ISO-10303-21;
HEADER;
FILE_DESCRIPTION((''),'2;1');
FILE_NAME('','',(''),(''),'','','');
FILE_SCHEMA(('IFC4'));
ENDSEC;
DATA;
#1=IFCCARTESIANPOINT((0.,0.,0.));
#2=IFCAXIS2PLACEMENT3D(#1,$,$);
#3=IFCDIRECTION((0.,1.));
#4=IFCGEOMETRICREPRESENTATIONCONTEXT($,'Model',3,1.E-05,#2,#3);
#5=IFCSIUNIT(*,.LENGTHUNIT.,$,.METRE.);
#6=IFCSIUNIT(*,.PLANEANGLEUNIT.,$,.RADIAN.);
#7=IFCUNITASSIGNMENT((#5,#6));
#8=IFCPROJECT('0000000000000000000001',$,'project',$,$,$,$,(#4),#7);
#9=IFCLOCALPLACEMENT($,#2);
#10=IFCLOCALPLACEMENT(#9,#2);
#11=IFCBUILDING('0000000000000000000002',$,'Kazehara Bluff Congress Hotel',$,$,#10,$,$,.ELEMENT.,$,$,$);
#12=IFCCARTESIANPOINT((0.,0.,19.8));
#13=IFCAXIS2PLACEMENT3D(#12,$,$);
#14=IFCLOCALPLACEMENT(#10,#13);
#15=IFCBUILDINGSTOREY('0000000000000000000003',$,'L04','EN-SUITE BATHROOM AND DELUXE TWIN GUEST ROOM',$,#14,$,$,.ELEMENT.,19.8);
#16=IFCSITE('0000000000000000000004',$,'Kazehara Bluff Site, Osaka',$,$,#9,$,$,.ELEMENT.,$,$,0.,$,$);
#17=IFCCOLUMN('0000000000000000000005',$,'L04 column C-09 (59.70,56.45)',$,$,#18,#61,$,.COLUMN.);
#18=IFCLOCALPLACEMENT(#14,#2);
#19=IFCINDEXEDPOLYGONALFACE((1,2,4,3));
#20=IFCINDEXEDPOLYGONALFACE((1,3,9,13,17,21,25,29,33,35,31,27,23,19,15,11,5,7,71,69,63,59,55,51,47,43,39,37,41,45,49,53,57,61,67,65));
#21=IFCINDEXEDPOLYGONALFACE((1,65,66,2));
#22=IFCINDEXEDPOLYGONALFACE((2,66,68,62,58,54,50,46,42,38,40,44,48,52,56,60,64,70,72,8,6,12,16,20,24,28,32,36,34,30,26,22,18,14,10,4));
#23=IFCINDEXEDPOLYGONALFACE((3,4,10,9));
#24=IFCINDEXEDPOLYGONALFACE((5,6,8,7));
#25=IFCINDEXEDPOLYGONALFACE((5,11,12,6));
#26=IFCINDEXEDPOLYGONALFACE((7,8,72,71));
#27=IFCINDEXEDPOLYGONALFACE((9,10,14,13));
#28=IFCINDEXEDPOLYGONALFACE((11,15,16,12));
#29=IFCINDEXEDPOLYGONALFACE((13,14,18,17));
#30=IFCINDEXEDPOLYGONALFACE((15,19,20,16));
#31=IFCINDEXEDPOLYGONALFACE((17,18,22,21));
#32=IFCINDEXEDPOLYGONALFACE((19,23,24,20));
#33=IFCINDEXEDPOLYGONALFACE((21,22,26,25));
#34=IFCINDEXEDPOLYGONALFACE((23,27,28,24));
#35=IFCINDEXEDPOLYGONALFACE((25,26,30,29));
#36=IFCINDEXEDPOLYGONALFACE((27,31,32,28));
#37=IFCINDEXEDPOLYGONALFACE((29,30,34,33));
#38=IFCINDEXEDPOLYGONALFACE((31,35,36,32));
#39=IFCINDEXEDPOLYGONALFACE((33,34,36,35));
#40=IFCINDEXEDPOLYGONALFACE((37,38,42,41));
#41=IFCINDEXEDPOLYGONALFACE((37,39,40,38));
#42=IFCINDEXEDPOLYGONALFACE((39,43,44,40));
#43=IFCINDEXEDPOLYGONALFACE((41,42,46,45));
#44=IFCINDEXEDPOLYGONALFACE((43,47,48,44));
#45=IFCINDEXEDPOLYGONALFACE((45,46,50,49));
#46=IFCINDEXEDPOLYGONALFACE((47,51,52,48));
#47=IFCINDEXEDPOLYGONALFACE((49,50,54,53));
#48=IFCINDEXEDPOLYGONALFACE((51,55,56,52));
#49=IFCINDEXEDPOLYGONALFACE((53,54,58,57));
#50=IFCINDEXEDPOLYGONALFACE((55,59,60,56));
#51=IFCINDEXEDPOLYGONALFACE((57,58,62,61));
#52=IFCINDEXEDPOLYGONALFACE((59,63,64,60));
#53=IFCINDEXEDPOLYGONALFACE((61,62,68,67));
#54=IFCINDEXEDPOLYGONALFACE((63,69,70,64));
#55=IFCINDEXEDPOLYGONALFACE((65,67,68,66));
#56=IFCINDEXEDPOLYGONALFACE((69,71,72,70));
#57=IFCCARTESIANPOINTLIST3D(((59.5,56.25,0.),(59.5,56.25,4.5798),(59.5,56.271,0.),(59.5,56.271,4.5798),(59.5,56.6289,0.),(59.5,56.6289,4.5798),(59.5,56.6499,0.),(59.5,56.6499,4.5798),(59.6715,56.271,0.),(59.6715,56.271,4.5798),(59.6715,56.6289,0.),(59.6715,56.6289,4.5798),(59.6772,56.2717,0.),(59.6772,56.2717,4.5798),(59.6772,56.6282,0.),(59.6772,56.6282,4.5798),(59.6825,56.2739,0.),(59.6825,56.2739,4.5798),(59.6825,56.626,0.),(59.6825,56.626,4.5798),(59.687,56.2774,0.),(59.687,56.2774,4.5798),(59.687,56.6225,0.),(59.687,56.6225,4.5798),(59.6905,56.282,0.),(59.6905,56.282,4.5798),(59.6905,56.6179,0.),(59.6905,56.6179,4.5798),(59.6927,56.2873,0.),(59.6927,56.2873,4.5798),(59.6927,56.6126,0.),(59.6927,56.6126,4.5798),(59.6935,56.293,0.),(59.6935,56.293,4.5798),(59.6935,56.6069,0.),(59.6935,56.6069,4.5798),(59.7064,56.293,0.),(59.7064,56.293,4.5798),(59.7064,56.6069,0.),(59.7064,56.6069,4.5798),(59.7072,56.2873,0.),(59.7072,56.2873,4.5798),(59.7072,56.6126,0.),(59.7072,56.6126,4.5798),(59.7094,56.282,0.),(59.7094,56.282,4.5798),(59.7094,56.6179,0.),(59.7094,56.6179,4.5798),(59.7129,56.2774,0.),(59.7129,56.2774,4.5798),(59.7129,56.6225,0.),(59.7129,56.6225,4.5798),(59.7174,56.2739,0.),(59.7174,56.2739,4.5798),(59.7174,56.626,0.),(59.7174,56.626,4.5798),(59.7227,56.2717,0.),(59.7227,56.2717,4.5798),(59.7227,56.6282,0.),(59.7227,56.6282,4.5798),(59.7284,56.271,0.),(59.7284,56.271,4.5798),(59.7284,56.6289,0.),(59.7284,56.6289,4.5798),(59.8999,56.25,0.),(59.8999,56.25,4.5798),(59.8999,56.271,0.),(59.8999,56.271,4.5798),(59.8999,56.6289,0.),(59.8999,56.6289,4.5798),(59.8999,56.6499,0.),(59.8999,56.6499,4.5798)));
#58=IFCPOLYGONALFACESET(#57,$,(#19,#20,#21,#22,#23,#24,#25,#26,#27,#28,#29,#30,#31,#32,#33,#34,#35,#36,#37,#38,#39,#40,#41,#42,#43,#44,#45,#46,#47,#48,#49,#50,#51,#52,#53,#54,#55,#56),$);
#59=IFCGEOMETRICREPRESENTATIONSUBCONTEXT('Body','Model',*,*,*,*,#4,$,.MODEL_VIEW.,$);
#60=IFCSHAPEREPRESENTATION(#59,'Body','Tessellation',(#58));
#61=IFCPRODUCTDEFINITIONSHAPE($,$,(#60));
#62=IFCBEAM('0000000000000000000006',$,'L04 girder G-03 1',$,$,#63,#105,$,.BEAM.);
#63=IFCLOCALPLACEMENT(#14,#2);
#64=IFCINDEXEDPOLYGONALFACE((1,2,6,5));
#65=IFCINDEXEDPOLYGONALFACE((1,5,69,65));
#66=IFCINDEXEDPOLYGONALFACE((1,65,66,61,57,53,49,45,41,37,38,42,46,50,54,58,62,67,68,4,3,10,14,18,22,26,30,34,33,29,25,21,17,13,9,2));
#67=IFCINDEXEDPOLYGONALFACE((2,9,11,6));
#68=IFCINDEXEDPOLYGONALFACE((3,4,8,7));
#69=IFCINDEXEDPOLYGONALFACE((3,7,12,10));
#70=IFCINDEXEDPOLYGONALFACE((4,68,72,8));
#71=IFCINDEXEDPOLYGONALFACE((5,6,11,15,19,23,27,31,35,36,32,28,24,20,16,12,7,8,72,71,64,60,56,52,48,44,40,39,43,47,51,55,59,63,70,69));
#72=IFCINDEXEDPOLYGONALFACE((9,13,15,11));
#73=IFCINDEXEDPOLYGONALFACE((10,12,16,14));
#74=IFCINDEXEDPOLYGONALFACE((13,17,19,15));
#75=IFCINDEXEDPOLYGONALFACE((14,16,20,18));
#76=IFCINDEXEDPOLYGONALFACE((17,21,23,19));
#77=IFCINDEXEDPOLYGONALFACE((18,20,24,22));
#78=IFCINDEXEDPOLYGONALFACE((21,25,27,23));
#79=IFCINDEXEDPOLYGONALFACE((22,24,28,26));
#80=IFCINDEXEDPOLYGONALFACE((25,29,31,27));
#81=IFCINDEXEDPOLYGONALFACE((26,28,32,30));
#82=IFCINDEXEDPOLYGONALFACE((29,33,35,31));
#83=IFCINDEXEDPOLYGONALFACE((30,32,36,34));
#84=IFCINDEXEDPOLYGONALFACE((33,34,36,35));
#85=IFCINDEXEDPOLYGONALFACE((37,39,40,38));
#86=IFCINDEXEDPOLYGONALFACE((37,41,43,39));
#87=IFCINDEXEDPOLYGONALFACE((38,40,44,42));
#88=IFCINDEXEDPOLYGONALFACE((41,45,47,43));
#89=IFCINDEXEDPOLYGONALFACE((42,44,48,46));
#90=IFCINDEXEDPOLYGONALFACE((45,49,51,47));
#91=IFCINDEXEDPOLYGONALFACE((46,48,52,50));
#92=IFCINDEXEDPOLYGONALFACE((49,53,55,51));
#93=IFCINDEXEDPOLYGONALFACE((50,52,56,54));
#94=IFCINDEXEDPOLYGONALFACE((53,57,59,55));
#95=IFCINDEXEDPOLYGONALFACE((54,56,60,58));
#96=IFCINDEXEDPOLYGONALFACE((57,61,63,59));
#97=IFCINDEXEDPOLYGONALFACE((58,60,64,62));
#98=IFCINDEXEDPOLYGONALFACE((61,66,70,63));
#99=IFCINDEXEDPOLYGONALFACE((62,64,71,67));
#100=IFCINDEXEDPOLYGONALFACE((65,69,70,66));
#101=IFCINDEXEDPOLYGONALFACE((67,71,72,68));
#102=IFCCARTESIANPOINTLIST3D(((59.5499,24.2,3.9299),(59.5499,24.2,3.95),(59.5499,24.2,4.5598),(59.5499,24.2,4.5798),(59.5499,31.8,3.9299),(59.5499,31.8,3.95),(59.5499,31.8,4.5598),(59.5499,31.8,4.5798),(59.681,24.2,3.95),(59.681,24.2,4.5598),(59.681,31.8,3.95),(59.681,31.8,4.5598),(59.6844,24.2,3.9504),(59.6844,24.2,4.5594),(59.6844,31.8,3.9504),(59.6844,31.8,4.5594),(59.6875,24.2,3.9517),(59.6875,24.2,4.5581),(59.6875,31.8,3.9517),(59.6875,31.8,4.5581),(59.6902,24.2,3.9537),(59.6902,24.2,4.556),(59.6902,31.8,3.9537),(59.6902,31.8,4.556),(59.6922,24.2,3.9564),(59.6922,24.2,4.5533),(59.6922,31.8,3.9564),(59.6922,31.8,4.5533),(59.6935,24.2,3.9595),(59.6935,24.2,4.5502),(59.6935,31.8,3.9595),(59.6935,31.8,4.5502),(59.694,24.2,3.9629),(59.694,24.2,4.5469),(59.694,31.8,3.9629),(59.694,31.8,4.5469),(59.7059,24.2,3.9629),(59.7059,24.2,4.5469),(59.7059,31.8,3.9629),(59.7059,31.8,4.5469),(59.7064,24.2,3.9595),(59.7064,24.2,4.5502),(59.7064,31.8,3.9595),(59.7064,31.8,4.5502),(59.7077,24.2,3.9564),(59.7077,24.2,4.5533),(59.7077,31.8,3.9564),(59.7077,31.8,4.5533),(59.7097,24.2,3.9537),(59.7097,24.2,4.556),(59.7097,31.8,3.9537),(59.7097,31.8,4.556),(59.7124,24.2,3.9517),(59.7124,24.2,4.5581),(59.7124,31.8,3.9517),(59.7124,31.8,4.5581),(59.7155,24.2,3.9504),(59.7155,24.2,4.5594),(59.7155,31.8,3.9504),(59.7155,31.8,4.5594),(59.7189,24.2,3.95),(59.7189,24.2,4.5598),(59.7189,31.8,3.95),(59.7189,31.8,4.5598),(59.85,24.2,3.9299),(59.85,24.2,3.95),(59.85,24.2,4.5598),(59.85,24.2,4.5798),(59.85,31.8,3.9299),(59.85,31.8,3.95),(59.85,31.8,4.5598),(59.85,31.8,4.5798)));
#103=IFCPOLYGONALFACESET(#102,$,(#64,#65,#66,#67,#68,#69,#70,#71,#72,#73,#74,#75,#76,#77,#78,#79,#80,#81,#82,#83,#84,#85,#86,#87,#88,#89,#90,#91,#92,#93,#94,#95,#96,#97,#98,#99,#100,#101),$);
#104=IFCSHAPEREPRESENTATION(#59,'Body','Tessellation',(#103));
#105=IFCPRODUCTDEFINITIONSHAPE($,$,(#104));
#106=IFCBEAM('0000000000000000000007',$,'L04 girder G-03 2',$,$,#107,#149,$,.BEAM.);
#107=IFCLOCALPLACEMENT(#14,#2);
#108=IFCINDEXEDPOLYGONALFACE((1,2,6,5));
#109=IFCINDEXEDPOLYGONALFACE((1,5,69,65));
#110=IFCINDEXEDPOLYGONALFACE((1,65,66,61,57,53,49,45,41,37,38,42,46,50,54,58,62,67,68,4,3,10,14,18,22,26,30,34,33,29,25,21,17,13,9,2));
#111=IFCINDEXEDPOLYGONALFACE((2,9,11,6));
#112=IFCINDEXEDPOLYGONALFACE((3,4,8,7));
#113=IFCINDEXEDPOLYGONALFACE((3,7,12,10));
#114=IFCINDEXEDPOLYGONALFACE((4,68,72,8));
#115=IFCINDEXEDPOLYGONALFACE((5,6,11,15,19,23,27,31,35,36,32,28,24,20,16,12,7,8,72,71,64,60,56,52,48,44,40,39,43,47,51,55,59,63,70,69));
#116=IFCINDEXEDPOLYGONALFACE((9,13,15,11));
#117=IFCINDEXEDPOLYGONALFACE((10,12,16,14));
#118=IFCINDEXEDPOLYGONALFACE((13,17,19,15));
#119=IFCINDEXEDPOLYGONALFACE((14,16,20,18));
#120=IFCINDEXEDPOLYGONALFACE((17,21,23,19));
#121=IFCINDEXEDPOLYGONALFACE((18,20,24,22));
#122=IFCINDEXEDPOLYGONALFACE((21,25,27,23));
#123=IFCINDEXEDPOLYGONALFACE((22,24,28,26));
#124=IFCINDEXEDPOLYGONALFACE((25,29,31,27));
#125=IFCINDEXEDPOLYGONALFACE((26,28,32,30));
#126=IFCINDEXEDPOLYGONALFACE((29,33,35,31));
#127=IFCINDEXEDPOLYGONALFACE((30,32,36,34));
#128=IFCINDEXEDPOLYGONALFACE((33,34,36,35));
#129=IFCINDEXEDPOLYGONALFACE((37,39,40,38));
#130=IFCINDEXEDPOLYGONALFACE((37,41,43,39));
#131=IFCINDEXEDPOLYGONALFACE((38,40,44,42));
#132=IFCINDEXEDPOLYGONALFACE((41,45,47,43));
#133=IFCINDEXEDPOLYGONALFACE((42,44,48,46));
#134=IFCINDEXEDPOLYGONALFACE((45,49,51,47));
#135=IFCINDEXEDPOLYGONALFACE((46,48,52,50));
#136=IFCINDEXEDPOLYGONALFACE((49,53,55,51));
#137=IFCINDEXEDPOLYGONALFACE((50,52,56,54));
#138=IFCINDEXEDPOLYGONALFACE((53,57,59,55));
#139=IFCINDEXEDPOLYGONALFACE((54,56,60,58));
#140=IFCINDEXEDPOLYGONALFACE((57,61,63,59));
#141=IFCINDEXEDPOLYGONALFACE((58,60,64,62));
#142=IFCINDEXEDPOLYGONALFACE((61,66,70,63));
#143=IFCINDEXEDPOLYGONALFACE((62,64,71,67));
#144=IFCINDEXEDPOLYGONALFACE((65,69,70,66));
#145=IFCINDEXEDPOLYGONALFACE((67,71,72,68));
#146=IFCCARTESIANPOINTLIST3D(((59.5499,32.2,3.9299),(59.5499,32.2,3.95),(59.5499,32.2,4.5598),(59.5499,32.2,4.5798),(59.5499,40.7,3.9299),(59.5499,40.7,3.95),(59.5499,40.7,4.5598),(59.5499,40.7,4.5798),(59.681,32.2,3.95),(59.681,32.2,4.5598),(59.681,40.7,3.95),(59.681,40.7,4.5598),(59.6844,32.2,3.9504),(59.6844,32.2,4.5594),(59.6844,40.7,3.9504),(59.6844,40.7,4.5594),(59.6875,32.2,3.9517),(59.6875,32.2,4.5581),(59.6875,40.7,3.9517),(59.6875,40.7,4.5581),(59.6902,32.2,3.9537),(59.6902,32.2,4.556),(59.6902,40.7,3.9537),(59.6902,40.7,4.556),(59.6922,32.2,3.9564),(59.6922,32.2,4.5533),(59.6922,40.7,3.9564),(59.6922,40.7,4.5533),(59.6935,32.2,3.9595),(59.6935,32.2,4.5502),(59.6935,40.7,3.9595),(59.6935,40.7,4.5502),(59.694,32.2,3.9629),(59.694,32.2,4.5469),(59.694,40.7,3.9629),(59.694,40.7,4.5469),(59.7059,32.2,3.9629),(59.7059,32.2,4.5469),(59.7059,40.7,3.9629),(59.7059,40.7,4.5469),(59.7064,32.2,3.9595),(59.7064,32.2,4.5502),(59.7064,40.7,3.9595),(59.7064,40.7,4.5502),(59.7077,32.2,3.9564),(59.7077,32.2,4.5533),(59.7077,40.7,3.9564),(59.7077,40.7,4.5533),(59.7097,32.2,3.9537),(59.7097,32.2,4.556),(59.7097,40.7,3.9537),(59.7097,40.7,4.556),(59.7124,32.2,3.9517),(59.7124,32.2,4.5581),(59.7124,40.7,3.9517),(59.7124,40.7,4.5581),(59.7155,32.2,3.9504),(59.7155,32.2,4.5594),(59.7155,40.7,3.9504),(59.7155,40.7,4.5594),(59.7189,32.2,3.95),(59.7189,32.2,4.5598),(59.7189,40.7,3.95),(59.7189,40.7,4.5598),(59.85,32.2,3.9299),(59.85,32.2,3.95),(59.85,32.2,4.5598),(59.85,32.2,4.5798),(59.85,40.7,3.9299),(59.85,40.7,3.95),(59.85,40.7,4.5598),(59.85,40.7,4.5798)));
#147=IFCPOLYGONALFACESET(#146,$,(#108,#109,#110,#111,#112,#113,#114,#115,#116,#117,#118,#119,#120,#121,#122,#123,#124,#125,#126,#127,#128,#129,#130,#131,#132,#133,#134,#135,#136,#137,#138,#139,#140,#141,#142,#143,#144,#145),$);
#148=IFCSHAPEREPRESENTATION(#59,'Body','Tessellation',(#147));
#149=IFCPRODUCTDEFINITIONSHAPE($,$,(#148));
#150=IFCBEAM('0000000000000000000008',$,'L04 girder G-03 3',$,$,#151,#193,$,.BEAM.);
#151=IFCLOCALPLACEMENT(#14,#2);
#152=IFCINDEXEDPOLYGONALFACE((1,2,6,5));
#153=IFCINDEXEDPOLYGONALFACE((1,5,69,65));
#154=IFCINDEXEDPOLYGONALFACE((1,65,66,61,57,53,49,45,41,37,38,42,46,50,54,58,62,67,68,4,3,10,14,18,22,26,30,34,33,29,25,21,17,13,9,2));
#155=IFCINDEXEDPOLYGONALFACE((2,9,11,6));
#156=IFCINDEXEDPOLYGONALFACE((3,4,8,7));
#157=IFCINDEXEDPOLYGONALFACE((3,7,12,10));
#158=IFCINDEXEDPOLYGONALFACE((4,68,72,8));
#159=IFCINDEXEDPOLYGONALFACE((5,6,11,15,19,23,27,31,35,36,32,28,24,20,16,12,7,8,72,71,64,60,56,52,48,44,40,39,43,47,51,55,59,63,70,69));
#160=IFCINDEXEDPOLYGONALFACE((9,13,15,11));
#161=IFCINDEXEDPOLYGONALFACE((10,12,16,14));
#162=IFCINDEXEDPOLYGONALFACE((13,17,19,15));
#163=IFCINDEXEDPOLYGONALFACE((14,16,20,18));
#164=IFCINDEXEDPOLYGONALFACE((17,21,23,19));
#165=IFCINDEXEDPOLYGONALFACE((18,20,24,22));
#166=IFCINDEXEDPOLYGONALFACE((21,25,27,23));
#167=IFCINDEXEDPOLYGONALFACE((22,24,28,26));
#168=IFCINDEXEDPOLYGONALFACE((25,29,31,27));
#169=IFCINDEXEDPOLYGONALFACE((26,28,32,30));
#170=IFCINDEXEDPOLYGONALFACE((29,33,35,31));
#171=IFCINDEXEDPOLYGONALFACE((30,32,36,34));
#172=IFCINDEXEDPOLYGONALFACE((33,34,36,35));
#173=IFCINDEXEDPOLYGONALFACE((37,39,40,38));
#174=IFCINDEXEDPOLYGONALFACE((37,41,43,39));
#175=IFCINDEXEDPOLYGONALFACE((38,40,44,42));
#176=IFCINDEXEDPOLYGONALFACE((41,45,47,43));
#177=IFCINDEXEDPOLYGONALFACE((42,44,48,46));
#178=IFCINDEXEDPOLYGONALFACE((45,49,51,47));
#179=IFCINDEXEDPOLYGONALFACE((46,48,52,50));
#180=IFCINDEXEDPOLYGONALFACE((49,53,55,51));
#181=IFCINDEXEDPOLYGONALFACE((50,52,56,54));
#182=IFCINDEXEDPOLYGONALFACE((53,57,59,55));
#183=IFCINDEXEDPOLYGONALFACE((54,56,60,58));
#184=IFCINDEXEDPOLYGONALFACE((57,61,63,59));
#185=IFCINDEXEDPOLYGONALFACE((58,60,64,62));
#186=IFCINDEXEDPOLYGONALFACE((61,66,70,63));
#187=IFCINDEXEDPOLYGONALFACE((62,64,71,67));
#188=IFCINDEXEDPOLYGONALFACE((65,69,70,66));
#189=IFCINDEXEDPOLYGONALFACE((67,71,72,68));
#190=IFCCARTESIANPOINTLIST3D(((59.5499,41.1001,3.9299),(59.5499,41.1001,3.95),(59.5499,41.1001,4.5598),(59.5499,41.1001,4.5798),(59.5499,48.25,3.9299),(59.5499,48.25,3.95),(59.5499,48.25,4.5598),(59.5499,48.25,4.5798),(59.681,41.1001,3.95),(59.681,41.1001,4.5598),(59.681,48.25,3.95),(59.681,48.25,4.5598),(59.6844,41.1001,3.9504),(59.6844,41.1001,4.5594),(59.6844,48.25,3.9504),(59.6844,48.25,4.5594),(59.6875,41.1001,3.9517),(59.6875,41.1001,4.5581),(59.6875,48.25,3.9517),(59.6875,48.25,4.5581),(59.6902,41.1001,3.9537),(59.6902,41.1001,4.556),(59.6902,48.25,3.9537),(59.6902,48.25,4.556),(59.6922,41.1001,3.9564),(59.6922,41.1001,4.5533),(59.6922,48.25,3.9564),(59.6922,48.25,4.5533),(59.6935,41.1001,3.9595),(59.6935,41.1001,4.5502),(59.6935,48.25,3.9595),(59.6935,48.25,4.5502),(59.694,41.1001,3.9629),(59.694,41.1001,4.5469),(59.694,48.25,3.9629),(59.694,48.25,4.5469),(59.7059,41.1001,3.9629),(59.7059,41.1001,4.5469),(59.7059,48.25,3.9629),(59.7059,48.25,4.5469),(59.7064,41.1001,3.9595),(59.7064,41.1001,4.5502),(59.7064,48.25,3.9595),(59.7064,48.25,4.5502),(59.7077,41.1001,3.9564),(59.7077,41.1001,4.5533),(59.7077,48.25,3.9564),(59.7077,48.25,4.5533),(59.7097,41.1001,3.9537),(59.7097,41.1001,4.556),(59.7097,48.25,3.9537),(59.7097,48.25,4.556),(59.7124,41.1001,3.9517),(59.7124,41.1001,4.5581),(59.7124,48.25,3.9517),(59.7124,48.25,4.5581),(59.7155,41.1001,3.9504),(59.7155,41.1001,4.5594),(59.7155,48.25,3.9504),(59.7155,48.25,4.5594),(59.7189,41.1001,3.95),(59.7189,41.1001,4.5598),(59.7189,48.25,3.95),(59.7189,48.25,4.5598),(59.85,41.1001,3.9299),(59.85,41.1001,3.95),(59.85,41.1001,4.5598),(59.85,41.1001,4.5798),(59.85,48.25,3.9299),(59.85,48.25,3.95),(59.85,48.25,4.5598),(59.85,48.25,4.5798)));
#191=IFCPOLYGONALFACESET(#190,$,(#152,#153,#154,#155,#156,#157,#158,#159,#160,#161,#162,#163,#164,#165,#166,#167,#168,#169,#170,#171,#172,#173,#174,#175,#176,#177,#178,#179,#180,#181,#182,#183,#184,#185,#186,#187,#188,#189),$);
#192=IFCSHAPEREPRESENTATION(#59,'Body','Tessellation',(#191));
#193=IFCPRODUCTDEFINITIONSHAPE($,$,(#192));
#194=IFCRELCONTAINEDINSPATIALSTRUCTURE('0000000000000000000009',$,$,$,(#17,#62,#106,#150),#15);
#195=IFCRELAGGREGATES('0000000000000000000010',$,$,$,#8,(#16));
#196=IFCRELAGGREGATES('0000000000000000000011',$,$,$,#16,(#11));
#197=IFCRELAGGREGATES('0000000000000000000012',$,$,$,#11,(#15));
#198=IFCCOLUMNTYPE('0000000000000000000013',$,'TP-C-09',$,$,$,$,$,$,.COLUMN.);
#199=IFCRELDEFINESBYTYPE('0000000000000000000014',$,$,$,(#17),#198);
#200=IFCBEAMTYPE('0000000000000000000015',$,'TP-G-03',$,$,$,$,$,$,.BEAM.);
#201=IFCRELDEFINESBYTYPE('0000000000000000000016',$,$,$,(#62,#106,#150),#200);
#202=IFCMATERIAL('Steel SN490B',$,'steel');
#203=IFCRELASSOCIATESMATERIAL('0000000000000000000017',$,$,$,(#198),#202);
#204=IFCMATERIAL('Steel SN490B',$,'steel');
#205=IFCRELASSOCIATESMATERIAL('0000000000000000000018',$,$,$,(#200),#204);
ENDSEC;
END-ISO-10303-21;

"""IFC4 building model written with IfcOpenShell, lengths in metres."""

from ifc_helpers import new_model, si_unit, direction, frame, origin, origin_2d, place, context, subcontext, project, spatial, i_section, extrude, material, material_profile, profile_set, type_object, element, save


model = new_model("IFC4")

# Units and contexts
model_context = context("Model", 3, precision=1e-05, world=origin(), true_north=direction((0.0, 1.0)))
body_context = subcontext(model_context, "Body", "Model", "MODEL_VIEW")
ifc_project = project(units=[si_unit("LENGTHUNIT", "METRE"), si_unit("PLANEANGLEUNIT", "RADIAN")], contexts=[model_context])

# Site, building, storey
site_placement = place(None, origin())
site = spatial("IfcSite", under=ifc_project, at=site_placement, Name="Kazehara Bluff Site, Osaka", CompositionType="ELEMENT", RefElevation=0.0)
building_placement = place(site_placement, origin())
building = spatial("IfcBuilding", under=site, at=building_placement, Name="Kazehara Bluff Congress Hotel", CompositionType="ELEMENT")
storey_placement = place(building_placement, frame((0.0, 0.0, 19.8)))
storey = spatial("IfcBuildingStorey", under=building, at=storey_placement, Name="L04", Description="EN-SUITE BATHROOM AND DELUXE TWIN GUEST ROOM", CompositionType="ELEMENT", Elevation=19.8)

# Column
ifc_material_1 = material(Name="Steel SN490B", Category="steel")
ifc_material_profile_1 = material_profile(ifc_material_1, i_section(OverallWidth=0.3999, OverallDepth=0.3999, WebThickness=0.0129, FlangeThickness=0.021, FilletRadius=0.022, at=origin_2d()))
ifc_profile_set_1 = profile_set([ifc_material_profile_1], Name="Steel SN490B")
column_type = type_object("IfcColumnType", Name="TP-C-09", PredefinedType="COLUMN", material=ifc_profile_set_1)
for number, where, z_axis, x_axis, name in (
    (1, (59.7, 56.45, 0.0), (0.0, 0.0, 1.0), (1.0, 0.0, 0.0), "L04 column C-09 (59.70,56.45)"),
):
    element("IfcColumn", number, at=place(storey_placement, frame(where, z_axis=z_axis, x_axis=x_axis)), inside=storey, type_object=column_type, Name=name, PredefinedType="COLUMN", context=body_context, shape_type="SweptSolid", body=[
        extrude(i_section(OverallWidth=0.3999, OverallDepth=0.3999, WebThickness=0.0129, FlangeThickness=0.021, FilletRadius=0.022, at=origin_2d()), origin(), (0.0, 0.0, 1.0), 4.5798),
    ])

# Beams
ifc_material_2 = material(Name="Steel SN490B", Category="steel")
ifc_material_profile_2 = material_profile(ifc_material_2, i_section(OverallWidth=0.3, OverallDepth=0.6499, WebThickness=0.012, FlangeThickness=0.02, FilletRadius=0.0129, at=origin_2d()))
ifc_profile_set_2 = profile_set([ifc_material_profile_2], Name="Steel SN490B")
beam_type_1 = type_object("IfcBeamType", Name="TP-G-03", PredefinedType="BEAM", material=ifc_profile_set_2)
beam_1_placement = place(storey_placement, frame((59.7, 24.2, 4.2549), z_axis=(0.0, 1.0, 0.0), x_axis=(-1.0, 0.0, 0.0)))
element("IfcBeam", 2, at=beam_1_placement, inside=storey, type_object=beam_type_1, Name="L04 girder G-03 1", PredefinedType="BEAM", context=body_context, shape_type="SweptSolid", body=[
    extrude(i_section(OverallWidth=0.3, OverallDepth=0.6499, WebThickness=0.012, FlangeThickness=0.02, FilletRadius=0.0129, at=origin_2d()), origin(), (0.0, 0.0, 1.0), 7.6001),
])
beam_2_placement = place(storey_placement, frame((59.7, 32.2, 4.2549), z_axis=(0.0, 1.0, 0.0), x_axis=(-1.0, 0.0, 0.0)))
element("IfcBeam", 3, at=beam_2_placement, inside=storey, type_object=beam_type_1, Name="L04 girder G-03 2", PredefinedType="BEAM", context=body_context, shape_type="SweptSolid", body=[
    extrude(i_section(OverallWidth=0.3, OverallDepth=0.6499, WebThickness=0.012, FlangeThickness=0.02, FilletRadius=0.0129, at=origin_2d()), origin(), (0.0, 0.0, 1.0), 8.5),
])
beam_3_placement = place(storey_placement, frame((59.7, 41.1001, 4.2549), z_axis=(0.0, 1.0, 0.0), x_axis=(-1.0, 0.0, 0.0)))
element("IfcBeam", 4, at=beam_3_placement, inside=storey, type_object=beam_type_1, Name="L04 girder G-03 3", PredefinedType="BEAM", context=body_context, shape_type="SweptSolid", body=[
    extrude(i_section(OverallWidth=0.3, OverallDepth=0.6499, WebThickness=0.012, FlangeThickness=0.02, FilletRadius=0.0129, at=origin_2d()), origin(), (0.0, 0.0, 1.0), 7.1499),
])

save(model, "model.ifc")
